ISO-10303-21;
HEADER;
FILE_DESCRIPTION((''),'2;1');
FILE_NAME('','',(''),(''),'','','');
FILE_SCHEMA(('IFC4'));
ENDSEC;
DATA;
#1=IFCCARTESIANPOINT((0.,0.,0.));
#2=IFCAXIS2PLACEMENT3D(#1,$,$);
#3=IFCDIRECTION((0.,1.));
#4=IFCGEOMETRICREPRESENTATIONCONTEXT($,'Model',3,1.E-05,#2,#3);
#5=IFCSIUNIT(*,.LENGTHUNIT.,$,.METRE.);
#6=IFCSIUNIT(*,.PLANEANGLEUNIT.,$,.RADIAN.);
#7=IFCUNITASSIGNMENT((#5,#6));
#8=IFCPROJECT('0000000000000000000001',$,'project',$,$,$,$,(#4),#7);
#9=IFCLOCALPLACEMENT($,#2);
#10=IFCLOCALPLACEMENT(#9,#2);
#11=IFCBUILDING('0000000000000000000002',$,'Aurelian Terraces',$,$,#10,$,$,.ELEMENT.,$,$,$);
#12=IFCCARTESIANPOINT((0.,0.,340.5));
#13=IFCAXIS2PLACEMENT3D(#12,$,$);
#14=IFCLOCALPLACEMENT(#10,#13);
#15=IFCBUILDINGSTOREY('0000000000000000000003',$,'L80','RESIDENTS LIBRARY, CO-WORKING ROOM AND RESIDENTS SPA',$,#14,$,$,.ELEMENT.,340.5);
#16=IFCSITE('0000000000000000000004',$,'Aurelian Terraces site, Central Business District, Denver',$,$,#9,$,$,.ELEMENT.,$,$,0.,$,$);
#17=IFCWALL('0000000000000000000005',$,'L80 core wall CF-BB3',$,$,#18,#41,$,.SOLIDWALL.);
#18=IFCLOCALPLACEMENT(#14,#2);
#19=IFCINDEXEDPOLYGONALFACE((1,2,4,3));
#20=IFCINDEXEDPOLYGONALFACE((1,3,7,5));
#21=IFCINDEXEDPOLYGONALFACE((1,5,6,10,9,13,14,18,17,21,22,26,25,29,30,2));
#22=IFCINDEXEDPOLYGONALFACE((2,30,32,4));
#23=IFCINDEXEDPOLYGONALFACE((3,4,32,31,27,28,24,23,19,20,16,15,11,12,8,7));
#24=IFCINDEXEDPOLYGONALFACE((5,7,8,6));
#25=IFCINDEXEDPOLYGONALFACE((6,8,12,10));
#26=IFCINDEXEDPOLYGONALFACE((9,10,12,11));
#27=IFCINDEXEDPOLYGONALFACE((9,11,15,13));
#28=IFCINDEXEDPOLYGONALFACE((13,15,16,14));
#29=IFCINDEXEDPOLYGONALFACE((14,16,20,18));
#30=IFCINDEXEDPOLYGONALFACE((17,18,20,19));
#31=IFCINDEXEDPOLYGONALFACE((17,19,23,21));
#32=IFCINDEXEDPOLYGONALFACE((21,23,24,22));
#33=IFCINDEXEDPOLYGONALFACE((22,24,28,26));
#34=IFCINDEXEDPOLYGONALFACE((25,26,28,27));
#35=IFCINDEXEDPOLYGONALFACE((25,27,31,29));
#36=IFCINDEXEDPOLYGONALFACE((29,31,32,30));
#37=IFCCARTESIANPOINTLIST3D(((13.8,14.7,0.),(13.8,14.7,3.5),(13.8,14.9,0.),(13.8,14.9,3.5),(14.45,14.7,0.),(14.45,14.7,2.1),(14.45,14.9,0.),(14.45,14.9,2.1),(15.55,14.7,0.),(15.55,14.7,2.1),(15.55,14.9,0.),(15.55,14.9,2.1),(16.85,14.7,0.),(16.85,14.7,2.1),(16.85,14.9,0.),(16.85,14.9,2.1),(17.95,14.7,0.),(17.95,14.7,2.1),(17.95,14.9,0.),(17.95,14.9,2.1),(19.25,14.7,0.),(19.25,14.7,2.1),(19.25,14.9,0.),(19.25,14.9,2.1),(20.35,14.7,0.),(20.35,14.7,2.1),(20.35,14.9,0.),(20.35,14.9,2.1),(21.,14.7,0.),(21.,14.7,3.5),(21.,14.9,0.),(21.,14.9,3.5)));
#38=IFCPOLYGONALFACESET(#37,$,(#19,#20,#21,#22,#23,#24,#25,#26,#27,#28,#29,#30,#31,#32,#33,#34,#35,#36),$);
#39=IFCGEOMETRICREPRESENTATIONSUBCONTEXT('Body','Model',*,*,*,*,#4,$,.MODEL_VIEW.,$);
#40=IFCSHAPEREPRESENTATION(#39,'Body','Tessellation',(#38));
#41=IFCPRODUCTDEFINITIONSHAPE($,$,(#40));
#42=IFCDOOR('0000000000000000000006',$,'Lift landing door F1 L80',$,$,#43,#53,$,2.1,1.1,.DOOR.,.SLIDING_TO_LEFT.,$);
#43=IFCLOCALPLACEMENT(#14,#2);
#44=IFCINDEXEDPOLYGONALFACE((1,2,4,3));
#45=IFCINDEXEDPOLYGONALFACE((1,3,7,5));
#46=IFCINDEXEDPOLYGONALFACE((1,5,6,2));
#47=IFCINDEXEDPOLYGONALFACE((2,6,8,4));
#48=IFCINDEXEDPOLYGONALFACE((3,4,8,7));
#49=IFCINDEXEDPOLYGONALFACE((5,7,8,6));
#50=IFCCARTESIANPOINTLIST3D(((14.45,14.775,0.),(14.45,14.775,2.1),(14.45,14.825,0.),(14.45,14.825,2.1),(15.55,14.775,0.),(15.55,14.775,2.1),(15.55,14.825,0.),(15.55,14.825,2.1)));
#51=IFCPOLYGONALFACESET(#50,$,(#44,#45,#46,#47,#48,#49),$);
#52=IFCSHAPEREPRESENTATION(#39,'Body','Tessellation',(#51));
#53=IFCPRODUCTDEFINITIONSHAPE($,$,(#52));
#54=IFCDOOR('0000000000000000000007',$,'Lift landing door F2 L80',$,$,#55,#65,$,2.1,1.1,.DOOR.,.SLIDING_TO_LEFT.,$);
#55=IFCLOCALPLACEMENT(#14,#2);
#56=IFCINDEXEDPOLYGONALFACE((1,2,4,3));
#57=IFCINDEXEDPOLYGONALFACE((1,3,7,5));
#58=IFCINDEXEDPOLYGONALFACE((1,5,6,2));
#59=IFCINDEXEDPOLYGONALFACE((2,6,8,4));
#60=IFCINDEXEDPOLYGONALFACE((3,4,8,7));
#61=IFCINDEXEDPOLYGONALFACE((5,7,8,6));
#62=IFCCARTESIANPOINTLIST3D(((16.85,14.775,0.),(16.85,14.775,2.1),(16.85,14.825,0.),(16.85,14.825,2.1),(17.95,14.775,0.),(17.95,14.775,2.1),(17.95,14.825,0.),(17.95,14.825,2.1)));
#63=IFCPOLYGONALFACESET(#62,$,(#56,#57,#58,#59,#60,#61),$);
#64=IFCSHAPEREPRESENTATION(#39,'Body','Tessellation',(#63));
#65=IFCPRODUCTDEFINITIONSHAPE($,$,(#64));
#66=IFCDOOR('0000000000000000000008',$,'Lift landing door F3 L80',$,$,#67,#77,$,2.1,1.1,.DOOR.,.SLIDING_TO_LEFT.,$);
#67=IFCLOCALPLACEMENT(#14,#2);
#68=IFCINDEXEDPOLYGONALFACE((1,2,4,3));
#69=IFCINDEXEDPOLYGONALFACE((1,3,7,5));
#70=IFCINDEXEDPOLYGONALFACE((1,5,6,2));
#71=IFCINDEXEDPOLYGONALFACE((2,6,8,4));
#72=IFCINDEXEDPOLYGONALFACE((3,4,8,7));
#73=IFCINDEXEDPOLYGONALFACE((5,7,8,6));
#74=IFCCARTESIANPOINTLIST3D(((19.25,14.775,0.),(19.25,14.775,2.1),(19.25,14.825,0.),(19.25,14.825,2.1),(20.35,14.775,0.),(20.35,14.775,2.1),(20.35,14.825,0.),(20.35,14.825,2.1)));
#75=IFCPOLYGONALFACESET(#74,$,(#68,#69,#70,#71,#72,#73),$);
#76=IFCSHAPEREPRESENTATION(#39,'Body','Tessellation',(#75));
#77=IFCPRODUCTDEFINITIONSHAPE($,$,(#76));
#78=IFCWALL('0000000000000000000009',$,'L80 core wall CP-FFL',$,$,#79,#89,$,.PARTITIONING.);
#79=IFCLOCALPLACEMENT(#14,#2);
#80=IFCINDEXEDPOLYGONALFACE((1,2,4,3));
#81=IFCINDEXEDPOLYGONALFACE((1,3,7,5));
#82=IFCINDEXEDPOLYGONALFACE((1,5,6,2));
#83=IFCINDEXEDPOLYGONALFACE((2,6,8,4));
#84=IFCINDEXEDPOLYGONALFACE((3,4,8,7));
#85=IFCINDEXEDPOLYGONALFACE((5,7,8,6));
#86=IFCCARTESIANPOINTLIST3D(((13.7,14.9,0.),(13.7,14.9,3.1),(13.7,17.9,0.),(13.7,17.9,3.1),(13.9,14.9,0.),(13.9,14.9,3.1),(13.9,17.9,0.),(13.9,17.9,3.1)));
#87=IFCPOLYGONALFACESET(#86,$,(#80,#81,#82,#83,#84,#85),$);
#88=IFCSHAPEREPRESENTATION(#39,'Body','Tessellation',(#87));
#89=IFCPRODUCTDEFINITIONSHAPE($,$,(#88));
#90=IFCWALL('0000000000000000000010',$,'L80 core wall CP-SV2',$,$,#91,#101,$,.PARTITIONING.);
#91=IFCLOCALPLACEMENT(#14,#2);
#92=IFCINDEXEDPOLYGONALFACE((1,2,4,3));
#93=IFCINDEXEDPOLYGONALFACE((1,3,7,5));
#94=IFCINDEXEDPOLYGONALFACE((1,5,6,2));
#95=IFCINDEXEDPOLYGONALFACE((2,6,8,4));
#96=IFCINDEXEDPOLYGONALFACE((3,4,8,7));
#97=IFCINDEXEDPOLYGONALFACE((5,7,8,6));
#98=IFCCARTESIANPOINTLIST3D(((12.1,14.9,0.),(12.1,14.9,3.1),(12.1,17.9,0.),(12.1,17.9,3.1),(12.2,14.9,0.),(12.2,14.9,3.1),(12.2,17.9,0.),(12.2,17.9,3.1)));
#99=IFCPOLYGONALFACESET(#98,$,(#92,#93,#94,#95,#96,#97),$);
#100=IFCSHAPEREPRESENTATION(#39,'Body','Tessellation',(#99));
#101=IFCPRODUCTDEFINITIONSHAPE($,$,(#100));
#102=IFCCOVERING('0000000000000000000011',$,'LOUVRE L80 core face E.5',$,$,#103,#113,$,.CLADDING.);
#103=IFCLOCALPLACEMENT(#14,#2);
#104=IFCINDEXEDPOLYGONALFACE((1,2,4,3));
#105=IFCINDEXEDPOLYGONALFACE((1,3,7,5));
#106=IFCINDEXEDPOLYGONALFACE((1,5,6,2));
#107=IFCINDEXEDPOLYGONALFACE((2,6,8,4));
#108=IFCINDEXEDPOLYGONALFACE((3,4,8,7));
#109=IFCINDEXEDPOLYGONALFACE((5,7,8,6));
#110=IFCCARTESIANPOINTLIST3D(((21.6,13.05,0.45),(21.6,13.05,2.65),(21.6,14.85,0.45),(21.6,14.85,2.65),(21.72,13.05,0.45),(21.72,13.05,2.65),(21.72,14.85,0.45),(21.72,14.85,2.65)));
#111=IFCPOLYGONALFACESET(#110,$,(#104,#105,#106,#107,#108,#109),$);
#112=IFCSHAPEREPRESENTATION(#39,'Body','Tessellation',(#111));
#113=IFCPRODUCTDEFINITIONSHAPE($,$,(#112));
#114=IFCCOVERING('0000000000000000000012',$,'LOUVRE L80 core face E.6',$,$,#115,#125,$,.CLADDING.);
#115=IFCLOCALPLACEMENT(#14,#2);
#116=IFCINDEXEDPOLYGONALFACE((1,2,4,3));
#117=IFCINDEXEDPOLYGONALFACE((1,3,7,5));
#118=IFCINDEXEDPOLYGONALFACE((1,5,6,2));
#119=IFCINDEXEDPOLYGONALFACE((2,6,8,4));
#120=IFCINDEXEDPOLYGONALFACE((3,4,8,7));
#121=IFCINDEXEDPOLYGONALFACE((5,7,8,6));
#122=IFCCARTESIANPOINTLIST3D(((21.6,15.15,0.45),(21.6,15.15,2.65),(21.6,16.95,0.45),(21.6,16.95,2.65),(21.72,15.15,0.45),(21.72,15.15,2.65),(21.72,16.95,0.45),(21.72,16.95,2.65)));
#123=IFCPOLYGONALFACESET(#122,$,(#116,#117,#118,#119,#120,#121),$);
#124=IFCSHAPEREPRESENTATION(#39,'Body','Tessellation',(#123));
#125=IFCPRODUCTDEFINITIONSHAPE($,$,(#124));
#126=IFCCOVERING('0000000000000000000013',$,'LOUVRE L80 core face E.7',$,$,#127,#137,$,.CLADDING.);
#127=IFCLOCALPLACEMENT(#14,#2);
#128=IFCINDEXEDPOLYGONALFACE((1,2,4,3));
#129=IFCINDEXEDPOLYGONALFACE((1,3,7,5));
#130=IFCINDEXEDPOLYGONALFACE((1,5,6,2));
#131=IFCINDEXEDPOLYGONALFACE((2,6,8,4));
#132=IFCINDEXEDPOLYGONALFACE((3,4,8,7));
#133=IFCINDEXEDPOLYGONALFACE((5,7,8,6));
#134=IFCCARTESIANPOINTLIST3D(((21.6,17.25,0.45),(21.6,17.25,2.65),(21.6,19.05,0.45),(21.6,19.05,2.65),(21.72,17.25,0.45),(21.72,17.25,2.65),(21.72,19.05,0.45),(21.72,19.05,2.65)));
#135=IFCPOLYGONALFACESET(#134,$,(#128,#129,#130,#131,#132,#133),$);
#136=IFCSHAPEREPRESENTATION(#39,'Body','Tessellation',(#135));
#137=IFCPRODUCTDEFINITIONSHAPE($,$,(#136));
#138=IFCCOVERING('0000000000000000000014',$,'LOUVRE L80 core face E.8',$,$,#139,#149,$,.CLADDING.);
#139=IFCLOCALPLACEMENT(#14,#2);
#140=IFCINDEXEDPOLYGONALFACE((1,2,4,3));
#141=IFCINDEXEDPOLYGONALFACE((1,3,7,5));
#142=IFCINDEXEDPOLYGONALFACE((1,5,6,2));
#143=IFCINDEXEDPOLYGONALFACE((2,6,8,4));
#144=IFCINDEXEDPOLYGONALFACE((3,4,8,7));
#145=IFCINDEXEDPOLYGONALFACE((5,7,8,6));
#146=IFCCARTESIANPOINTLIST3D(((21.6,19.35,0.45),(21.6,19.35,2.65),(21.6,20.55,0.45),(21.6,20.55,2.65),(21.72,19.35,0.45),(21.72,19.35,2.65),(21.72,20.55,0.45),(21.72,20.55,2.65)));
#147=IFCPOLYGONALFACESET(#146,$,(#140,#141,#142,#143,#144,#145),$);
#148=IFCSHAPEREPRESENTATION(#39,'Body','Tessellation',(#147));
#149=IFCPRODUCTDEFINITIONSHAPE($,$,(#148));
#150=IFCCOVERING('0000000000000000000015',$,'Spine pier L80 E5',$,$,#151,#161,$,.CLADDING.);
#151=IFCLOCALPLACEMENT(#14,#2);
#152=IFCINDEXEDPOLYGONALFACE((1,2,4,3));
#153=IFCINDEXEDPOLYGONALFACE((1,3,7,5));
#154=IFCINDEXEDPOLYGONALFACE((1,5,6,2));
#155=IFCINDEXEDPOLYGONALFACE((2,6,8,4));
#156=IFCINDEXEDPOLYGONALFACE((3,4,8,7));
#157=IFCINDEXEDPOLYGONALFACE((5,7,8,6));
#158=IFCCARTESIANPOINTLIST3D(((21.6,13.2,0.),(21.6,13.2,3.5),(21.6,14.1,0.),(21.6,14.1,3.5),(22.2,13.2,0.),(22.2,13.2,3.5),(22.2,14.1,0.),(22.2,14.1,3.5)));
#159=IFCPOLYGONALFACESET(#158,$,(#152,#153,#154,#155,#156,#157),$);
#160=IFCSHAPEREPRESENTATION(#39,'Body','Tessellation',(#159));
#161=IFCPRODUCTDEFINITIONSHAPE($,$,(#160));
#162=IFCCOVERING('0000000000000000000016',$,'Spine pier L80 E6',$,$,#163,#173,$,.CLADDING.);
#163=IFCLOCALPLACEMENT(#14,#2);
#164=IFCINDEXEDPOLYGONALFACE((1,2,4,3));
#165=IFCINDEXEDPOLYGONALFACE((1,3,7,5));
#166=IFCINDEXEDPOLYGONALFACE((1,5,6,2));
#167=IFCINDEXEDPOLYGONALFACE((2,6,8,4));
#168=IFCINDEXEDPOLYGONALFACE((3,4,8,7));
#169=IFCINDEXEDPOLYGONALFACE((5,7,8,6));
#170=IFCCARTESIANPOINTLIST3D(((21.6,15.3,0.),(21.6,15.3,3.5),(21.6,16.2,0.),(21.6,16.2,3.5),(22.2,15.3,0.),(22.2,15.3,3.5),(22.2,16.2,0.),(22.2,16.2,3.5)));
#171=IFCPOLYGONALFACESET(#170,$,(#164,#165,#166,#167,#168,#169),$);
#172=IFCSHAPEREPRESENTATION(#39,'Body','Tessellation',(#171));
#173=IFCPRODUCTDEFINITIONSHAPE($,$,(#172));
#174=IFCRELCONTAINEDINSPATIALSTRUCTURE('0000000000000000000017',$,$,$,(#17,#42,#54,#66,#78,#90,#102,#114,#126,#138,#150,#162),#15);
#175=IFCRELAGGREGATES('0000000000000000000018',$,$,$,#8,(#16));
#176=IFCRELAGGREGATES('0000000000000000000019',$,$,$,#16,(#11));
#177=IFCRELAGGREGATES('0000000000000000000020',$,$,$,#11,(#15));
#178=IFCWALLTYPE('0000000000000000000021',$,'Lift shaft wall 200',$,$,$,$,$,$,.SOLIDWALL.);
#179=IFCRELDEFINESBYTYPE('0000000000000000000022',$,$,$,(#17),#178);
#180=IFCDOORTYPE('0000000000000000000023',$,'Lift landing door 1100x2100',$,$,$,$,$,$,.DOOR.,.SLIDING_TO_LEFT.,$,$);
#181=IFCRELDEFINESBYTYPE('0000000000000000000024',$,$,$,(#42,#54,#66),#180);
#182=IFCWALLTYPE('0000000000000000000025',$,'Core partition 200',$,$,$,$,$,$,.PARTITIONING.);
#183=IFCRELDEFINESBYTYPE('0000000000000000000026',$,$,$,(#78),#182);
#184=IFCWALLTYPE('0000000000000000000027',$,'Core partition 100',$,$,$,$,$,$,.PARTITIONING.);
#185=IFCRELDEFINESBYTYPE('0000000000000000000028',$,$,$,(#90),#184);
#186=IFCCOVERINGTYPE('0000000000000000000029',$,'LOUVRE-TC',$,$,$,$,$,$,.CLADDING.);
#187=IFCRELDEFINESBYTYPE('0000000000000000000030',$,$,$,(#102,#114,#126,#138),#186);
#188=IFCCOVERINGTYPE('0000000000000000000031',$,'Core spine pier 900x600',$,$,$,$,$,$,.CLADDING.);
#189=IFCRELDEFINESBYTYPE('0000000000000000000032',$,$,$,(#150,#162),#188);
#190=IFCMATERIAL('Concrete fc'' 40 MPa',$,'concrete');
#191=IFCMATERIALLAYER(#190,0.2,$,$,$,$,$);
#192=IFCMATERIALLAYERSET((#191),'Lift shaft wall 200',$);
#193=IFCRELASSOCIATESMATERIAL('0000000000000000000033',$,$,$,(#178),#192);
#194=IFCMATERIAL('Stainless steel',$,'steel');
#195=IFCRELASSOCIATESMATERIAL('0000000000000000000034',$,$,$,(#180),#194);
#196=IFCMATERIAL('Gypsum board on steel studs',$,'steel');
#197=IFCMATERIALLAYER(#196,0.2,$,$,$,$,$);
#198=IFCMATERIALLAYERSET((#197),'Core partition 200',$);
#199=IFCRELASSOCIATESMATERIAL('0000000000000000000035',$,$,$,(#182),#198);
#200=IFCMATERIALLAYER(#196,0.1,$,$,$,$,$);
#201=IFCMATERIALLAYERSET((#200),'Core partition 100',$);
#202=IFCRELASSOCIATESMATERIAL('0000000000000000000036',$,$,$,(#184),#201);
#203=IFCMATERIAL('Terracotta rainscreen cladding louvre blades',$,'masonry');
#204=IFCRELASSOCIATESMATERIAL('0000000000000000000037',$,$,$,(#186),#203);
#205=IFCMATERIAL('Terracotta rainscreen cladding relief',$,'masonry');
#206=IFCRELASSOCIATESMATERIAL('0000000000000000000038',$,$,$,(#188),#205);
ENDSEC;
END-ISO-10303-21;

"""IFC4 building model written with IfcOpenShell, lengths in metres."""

from ifc_helpers import new_model, si_unit, direction, frame, frame_2d, origin, origin_2d, place, context, subcontext, project, spatial, rectangle, extrude, source, transform, mapped, material, layer, layer_set, type_object, element, fill, save


model = new_model("IFC4")

# Units and contexts
model_context = context("Model", 3, precision=1e-05, world=origin(), true_north=direction((0.0, 1.0)))
body_context = subcontext(model_context, "Body", "Model", "MODEL_VIEW")
ifc_project = project(units=[si_unit("LENGTHUNIT", "METRE"), si_unit("PLANEANGLEUNIT", "RADIAN")], contexts=[model_context])

# Site, building, storey
site_placement = place(None, origin())
site = spatial("IfcSite", under=ifc_project, at=site_placement, Name="Aurelian Terraces site, Central Business District, Denver", CompositionType="ELEMENT", RefElevation=0.0)
building_placement = place(site_placement, origin())
building = spatial("IfcBuilding", under=site, at=building_placement, Name="Aurelian Terraces", CompositionType="ELEMENT")
storey_placement = place(building_placement, frame((0.0, 0.0, 340.5)))
storey = spatial("IfcBuildingStorey", under=building, at=storey_placement, Name="L80", Description="RESIDENTS LIBRARY, CO-WORKING ROOM AND RESIDENTS SPA", CompositionType="ELEMENT", Elevation=340.5)

# Wall, openings, doors
ifc_material_1 = material(Name="Concrete fc' 40 MPa", Category="concrete")
ifc_layer_1 = layer(ifc_material_1, 0.2)
ifc_layer_set_1 = layer_set([ifc_layer_1], Name="Lift shaft wall 200")
wall_type_1 = type_object("IfcWallType", Name="Lift shaft wall 200", PredefinedType="SOLIDWALL", material=ifc_layer_set_1)
shared_shape_1 = source(origin(), body_context, "Body", "SweptSolid", [
    extrude(rectangle(XDim=7.2, YDim=0.2, at=frame_2d((3.6, 0.0))), origin(), (0.0, 0.0, 1.0), 3.5),
])
wall_1_placement = place(storey_placement, frame((13.8, 14.8, 0.0), z_axis=(0.0, 0.0, 1.0), x_axis=(1.0, 0.0, 0.0)))
wall_1 = element("IfcWall", 1, at=wall_1_placement, inside=storey, type_object=wall_type_1, Name="L80 core wall CF-BB3", PredefinedType="SOLIDWALL", context=body_context, shape_type="MappedRepresentation", body=[
    mapped(shared_shape_1, transform((0.0, 0.0, 0.0), scale=1.0)),
])
shared_shape_2 = source(origin(), body_context, "Body", "SweptSolid", [
    extrude(rectangle(XDim=1.1, YDim=2.1, at=frame_2d((0.55, 1.05))), frame((0.0, 0.11, 0.0), z_axis=(0.0, -1.0, 0.0), x_axis=(1.0, 0.0, 0.0)), (0.0, 0.0, 1.0), 0.22),
])
opening_1_placement = place(wall_1_placement, frame((0.65, 0.0, 0.0)))
opening_1 = element("IfcOpeningElement", 2, at=opening_1_placement, cuts=wall_1, PredefinedType="OPENING", context=body_context, shape_type="MappedRepresentation", body=[
    mapped(shared_shape_2, transform((0.0, 0.0, 0.0), scale=1.0)),
])
opening_2_placement = place(wall_1_placement, frame((3.05, 0.0, 0.0)))
opening_2 = element("IfcOpeningElement", 3, at=opening_2_placement, cuts=wall_1, PredefinedType="OPENING", context=body_context, shape_type="MappedRepresentation", body=[
    mapped(shared_shape_2, transform((0.0, 0.0, 0.0), scale=1.0)),
])
opening_3_placement = place(wall_1_placement, frame((5.45, 0.0, 0.0)))
opening_3 = element("IfcOpeningElement", 4, at=opening_3_placement, cuts=wall_1, PredefinedType="OPENING", context=body_context, shape_type="MappedRepresentation", body=[
    mapped(shared_shape_2, transform((0.0, 0.0, 0.0), scale=1.0)),
])
ifc_material_2 = material(Name="Stainless steel", Category="steel")
door_type = type_object("IfcDoorType", Name="Lift landing door 1100x2100", OperationType="SLIDING_TO_LEFT", PredefinedType="DOOR", material=ifc_material_2)
shared_shape_3 = source(origin(), body_context, "Body", "SweptSolid", [
    extrude(rectangle(XDim=1.1, YDim=2.1, at=frame_2d((0.55, 1.05))), frame((0.0, 0.025, 0.0), z_axis=(0.0, -1.0, 0.0), x_axis=(1.0, 0.0, 0.0)), (0.0, 0.0, 1.0), 0.05),
])
door_1_placement = place(opening_1_placement, origin())
door_1 = element("IfcDoor", 5, at=door_1_placement, inside=storey, type_object=door_type, Name="Lift landing door F1 L80", OperationType="SLIDING_TO_LEFT", OverallHeight=2.1, OverallWidth=1.1, PredefinedType="DOOR", context=body_context, shape_type="MappedRepresentation", body=[
    mapped(shared_shape_3, transform((0.0, 0.0, 0.0), scale=1.0)),
])
fill(opening_1, door_1)
door_2_placement = place(opening_2_placement, origin())
door_2 = element("IfcDoor", 6, at=door_2_placement, inside=storey, type_object=door_type, Name="Lift landing door F2 L80", OperationType="SLIDING_TO_LEFT", OverallHeight=2.1, OverallWidth=1.1, PredefinedType="DOOR", context=body_context, shape_type="MappedRepresentation", body=[
    mapped(shared_shape_3, transform((0.0, 0.0, 0.0), scale=1.0)),
])
fill(opening_2, door_2)
door_3_placement = place(opening_3_placement, origin())
door_3 = element("IfcDoor", 7, at=door_3_placement, inside=storey, type_object=door_type, Name="Lift landing door F3 L80", OperationType="SLIDING_TO_LEFT", OverallHeight=2.1, OverallWidth=1.1, PredefinedType="DOOR", context=body_context, shape_type="MappedRepresentation", body=[
    mapped(shared_shape_3, transform((0.0, 0.0, 0.0), scale=1.0)),
])
fill(opening_3, door_3)

# Walls
ifc_material_3 = material(Name="Gypsum board on steel studs", Category="steel")
ifc_layer_2 = layer(ifc_material_3, 0.2)
ifc_layer_set_2 = layer_set([ifc_layer_2], Name="Core partition 200")
wall_type_2 = type_object("IfcWallType", Name="Core partition 200", PredefinedType="PARTITIONING", material=ifc_layer_set_2)
shared_shape_4 = source(origin(), body_context, "Body", "SweptSolid", [
    extrude(rectangle(XDim=3.0, YDim=0.2, at=frame_2d((1.5, 0.0))), origin(), (0.0, 0.0, 1.0), 3.1),
])
wall_2_placement = place(storey_placement, frame((13.8, 14.9, 0.0), z_axis=(0.0, 0.0, 1.0), x_axis=(0.0, 1.0, 0.0)))
element("IfcWall", 8, at=wall_2_placement, inside=storey, type_object=wall_type_2, Name="L80 core wall CP-FFL", PredefinedType="PARTITIONING", context=body_context, shape_type="MappedRepresentation", body=[
    mapped(shared_shape_4, transform((0.0, 0.0, 0.0), scale=1.0)),
])
ifc_layer_3 = layer(ifc_material_3, 0.1)
ifc_layer_set_3 = layer_set([ifc_layer_3], Name="Core partition 100")
wall_type_3 = type_object("IfcWallType", Name="Core partition 100", PredefinedType="PARTITIONING", material=ifc_layer_set_3)
shared_shape_5 = source(origin(), body_context, "Body", "SweptSolid", [
    extrude(rectangle(XDim=3.0, YDim=0.1, at=frame_2d((1.5, 0.0))), origin(), (0.0, 0.0, 1.0), 3.1),
])
wall_3_placement = place(storey_placement, frame((12.15, 14.9, 0.0), z_axis=(0.0, 0.0, 1.0), x_axis=(0.0, 1.0, 0.0)))
element("IfcWall", 9, at=wall_3_placement, inside=storey, type_object=wall_type_3, Name="L80 core wall CP-SV2", PredefinedType="PARTITIONING", context=body_context, shape_type="MappedRepresentation", body=[
    mapped(shared_shape_5, transform((0.0, 0.0, 0.0), scale=1.0)),
])

# Coverings
ifc_material_4 = material(Name="Terracotta rainscreen cladding louvre blades", Category="masonry")
covering_type_1 = type_object("IfcCoveringType", Name="LOUVRE-TC", PredefinedType="CLADDING", material=ifc_material_4)
shared_shape_6 = source(origin(), body_context, "Body", "SweptSolid", [
    extrude(rectangle(XDim=0.12, YDim=1.8, at=origin_2d()), origin(), (0.0, 0.0, 1.0), 2.2),
])
for number, where, z_axis, x_axis, name in (
    (10, (21.66, 13.95, 0.45), (0.0, 0.0, 1.0), (1.0, 0.0, 0.0), "LOUVRE L80 core face E.5"),
    (11, (21.66, 16.05, 0.45), (0.0, 0.0, 1.0), (1.0, 0.0, 0.0), "LOUVRE L80 core face E.6"),
    (12, (21.66, 18.15, 0.45), (0.0, 0.0, 1.0), (1.0, 0.0, 0.0), "LOUVRE L80 core face E.7"),
):
    element("IfcCovering", number, at=place(storey_placement, frame(where, z_axis=z_axis, x_axis=x_axis)), inside=storey, type_object=covering_type_1, Name=name, PredefinedType="CLADDING", context=body_context, shape_type="MappedRepresentation", body=[
        mapped(shared_shape_6, transform((0.0, 0.0, 0.0), scale=1.0)),
    ])
shared_shape_7 = source(origin(), body_context, "Body", "SweptSolid", [
    extrude(rectangle(XDim=0.12, YDim=1.2, at=origin_2d()), origin(), (0.0, 0.0, 1.0), 2.2),
])
covering_placement = place(storey_placement, frame((21.66, 19.95, 0.45), z_axis=(0.0, 0.0, 1.0), x_axis=(1.0, 0.0, 0.0)))
element("IfcCovering", 13, at=covering_placement, inside=storey, type_object=covering_type_1, Name="LOUVRE L80 core face E.8", PredefinedType="CLADDING", context=body_context, shape_type="MappedRepresentation", body=[
    mapped(shared_shape_7, transform((0.0, 0.0, 0.0), scale=1.0)),
])
ifc_material_5 = material(Name="Terracotta rainscreen cladding relief", Category="masonry")
covering_type_2 = type_object("IfcCoveringType", Name="Core spine pier 900x600", PredefinedType="CLADDING", material=ifc_material_5)
shared_shape_8 = source(origin(), body_context, "Body", "SweptSolid", [
    extrude(rectangle(XDim=0.6, YDim=0.9, at=origin_2d()), origin(), (0.0, 0.0, 1.0), 3.5),
])
for number, where, z_axis, x_axis, name in (
    (14, (21.9, 13.65, 0.0), (0.0, 0.0, 1.0), (1.0, 0.0, 0.0), "Spine pier L80 E5"),
    (15, (21.9, 15.75, 0.0), (0.0, 0.0, 1.0), (1.0, 0.0, 0.0), "Spine pier L80 E6"),
):
    element("IfcCovering", number, at=place(storey_placement, frame(where, z_axis=z_axis, x_axis=x_axis)), inside=storey, type_object=covering_type_2, Name=name, PredefinedType="CLADDING", context=body_context, shape_type="MappedRepresentation", body=[
        mapped(shared_shape_8, transform((0.0, 0.0, 0.0), scale=1.0)),
    ])

save(model, "model.ifc")
